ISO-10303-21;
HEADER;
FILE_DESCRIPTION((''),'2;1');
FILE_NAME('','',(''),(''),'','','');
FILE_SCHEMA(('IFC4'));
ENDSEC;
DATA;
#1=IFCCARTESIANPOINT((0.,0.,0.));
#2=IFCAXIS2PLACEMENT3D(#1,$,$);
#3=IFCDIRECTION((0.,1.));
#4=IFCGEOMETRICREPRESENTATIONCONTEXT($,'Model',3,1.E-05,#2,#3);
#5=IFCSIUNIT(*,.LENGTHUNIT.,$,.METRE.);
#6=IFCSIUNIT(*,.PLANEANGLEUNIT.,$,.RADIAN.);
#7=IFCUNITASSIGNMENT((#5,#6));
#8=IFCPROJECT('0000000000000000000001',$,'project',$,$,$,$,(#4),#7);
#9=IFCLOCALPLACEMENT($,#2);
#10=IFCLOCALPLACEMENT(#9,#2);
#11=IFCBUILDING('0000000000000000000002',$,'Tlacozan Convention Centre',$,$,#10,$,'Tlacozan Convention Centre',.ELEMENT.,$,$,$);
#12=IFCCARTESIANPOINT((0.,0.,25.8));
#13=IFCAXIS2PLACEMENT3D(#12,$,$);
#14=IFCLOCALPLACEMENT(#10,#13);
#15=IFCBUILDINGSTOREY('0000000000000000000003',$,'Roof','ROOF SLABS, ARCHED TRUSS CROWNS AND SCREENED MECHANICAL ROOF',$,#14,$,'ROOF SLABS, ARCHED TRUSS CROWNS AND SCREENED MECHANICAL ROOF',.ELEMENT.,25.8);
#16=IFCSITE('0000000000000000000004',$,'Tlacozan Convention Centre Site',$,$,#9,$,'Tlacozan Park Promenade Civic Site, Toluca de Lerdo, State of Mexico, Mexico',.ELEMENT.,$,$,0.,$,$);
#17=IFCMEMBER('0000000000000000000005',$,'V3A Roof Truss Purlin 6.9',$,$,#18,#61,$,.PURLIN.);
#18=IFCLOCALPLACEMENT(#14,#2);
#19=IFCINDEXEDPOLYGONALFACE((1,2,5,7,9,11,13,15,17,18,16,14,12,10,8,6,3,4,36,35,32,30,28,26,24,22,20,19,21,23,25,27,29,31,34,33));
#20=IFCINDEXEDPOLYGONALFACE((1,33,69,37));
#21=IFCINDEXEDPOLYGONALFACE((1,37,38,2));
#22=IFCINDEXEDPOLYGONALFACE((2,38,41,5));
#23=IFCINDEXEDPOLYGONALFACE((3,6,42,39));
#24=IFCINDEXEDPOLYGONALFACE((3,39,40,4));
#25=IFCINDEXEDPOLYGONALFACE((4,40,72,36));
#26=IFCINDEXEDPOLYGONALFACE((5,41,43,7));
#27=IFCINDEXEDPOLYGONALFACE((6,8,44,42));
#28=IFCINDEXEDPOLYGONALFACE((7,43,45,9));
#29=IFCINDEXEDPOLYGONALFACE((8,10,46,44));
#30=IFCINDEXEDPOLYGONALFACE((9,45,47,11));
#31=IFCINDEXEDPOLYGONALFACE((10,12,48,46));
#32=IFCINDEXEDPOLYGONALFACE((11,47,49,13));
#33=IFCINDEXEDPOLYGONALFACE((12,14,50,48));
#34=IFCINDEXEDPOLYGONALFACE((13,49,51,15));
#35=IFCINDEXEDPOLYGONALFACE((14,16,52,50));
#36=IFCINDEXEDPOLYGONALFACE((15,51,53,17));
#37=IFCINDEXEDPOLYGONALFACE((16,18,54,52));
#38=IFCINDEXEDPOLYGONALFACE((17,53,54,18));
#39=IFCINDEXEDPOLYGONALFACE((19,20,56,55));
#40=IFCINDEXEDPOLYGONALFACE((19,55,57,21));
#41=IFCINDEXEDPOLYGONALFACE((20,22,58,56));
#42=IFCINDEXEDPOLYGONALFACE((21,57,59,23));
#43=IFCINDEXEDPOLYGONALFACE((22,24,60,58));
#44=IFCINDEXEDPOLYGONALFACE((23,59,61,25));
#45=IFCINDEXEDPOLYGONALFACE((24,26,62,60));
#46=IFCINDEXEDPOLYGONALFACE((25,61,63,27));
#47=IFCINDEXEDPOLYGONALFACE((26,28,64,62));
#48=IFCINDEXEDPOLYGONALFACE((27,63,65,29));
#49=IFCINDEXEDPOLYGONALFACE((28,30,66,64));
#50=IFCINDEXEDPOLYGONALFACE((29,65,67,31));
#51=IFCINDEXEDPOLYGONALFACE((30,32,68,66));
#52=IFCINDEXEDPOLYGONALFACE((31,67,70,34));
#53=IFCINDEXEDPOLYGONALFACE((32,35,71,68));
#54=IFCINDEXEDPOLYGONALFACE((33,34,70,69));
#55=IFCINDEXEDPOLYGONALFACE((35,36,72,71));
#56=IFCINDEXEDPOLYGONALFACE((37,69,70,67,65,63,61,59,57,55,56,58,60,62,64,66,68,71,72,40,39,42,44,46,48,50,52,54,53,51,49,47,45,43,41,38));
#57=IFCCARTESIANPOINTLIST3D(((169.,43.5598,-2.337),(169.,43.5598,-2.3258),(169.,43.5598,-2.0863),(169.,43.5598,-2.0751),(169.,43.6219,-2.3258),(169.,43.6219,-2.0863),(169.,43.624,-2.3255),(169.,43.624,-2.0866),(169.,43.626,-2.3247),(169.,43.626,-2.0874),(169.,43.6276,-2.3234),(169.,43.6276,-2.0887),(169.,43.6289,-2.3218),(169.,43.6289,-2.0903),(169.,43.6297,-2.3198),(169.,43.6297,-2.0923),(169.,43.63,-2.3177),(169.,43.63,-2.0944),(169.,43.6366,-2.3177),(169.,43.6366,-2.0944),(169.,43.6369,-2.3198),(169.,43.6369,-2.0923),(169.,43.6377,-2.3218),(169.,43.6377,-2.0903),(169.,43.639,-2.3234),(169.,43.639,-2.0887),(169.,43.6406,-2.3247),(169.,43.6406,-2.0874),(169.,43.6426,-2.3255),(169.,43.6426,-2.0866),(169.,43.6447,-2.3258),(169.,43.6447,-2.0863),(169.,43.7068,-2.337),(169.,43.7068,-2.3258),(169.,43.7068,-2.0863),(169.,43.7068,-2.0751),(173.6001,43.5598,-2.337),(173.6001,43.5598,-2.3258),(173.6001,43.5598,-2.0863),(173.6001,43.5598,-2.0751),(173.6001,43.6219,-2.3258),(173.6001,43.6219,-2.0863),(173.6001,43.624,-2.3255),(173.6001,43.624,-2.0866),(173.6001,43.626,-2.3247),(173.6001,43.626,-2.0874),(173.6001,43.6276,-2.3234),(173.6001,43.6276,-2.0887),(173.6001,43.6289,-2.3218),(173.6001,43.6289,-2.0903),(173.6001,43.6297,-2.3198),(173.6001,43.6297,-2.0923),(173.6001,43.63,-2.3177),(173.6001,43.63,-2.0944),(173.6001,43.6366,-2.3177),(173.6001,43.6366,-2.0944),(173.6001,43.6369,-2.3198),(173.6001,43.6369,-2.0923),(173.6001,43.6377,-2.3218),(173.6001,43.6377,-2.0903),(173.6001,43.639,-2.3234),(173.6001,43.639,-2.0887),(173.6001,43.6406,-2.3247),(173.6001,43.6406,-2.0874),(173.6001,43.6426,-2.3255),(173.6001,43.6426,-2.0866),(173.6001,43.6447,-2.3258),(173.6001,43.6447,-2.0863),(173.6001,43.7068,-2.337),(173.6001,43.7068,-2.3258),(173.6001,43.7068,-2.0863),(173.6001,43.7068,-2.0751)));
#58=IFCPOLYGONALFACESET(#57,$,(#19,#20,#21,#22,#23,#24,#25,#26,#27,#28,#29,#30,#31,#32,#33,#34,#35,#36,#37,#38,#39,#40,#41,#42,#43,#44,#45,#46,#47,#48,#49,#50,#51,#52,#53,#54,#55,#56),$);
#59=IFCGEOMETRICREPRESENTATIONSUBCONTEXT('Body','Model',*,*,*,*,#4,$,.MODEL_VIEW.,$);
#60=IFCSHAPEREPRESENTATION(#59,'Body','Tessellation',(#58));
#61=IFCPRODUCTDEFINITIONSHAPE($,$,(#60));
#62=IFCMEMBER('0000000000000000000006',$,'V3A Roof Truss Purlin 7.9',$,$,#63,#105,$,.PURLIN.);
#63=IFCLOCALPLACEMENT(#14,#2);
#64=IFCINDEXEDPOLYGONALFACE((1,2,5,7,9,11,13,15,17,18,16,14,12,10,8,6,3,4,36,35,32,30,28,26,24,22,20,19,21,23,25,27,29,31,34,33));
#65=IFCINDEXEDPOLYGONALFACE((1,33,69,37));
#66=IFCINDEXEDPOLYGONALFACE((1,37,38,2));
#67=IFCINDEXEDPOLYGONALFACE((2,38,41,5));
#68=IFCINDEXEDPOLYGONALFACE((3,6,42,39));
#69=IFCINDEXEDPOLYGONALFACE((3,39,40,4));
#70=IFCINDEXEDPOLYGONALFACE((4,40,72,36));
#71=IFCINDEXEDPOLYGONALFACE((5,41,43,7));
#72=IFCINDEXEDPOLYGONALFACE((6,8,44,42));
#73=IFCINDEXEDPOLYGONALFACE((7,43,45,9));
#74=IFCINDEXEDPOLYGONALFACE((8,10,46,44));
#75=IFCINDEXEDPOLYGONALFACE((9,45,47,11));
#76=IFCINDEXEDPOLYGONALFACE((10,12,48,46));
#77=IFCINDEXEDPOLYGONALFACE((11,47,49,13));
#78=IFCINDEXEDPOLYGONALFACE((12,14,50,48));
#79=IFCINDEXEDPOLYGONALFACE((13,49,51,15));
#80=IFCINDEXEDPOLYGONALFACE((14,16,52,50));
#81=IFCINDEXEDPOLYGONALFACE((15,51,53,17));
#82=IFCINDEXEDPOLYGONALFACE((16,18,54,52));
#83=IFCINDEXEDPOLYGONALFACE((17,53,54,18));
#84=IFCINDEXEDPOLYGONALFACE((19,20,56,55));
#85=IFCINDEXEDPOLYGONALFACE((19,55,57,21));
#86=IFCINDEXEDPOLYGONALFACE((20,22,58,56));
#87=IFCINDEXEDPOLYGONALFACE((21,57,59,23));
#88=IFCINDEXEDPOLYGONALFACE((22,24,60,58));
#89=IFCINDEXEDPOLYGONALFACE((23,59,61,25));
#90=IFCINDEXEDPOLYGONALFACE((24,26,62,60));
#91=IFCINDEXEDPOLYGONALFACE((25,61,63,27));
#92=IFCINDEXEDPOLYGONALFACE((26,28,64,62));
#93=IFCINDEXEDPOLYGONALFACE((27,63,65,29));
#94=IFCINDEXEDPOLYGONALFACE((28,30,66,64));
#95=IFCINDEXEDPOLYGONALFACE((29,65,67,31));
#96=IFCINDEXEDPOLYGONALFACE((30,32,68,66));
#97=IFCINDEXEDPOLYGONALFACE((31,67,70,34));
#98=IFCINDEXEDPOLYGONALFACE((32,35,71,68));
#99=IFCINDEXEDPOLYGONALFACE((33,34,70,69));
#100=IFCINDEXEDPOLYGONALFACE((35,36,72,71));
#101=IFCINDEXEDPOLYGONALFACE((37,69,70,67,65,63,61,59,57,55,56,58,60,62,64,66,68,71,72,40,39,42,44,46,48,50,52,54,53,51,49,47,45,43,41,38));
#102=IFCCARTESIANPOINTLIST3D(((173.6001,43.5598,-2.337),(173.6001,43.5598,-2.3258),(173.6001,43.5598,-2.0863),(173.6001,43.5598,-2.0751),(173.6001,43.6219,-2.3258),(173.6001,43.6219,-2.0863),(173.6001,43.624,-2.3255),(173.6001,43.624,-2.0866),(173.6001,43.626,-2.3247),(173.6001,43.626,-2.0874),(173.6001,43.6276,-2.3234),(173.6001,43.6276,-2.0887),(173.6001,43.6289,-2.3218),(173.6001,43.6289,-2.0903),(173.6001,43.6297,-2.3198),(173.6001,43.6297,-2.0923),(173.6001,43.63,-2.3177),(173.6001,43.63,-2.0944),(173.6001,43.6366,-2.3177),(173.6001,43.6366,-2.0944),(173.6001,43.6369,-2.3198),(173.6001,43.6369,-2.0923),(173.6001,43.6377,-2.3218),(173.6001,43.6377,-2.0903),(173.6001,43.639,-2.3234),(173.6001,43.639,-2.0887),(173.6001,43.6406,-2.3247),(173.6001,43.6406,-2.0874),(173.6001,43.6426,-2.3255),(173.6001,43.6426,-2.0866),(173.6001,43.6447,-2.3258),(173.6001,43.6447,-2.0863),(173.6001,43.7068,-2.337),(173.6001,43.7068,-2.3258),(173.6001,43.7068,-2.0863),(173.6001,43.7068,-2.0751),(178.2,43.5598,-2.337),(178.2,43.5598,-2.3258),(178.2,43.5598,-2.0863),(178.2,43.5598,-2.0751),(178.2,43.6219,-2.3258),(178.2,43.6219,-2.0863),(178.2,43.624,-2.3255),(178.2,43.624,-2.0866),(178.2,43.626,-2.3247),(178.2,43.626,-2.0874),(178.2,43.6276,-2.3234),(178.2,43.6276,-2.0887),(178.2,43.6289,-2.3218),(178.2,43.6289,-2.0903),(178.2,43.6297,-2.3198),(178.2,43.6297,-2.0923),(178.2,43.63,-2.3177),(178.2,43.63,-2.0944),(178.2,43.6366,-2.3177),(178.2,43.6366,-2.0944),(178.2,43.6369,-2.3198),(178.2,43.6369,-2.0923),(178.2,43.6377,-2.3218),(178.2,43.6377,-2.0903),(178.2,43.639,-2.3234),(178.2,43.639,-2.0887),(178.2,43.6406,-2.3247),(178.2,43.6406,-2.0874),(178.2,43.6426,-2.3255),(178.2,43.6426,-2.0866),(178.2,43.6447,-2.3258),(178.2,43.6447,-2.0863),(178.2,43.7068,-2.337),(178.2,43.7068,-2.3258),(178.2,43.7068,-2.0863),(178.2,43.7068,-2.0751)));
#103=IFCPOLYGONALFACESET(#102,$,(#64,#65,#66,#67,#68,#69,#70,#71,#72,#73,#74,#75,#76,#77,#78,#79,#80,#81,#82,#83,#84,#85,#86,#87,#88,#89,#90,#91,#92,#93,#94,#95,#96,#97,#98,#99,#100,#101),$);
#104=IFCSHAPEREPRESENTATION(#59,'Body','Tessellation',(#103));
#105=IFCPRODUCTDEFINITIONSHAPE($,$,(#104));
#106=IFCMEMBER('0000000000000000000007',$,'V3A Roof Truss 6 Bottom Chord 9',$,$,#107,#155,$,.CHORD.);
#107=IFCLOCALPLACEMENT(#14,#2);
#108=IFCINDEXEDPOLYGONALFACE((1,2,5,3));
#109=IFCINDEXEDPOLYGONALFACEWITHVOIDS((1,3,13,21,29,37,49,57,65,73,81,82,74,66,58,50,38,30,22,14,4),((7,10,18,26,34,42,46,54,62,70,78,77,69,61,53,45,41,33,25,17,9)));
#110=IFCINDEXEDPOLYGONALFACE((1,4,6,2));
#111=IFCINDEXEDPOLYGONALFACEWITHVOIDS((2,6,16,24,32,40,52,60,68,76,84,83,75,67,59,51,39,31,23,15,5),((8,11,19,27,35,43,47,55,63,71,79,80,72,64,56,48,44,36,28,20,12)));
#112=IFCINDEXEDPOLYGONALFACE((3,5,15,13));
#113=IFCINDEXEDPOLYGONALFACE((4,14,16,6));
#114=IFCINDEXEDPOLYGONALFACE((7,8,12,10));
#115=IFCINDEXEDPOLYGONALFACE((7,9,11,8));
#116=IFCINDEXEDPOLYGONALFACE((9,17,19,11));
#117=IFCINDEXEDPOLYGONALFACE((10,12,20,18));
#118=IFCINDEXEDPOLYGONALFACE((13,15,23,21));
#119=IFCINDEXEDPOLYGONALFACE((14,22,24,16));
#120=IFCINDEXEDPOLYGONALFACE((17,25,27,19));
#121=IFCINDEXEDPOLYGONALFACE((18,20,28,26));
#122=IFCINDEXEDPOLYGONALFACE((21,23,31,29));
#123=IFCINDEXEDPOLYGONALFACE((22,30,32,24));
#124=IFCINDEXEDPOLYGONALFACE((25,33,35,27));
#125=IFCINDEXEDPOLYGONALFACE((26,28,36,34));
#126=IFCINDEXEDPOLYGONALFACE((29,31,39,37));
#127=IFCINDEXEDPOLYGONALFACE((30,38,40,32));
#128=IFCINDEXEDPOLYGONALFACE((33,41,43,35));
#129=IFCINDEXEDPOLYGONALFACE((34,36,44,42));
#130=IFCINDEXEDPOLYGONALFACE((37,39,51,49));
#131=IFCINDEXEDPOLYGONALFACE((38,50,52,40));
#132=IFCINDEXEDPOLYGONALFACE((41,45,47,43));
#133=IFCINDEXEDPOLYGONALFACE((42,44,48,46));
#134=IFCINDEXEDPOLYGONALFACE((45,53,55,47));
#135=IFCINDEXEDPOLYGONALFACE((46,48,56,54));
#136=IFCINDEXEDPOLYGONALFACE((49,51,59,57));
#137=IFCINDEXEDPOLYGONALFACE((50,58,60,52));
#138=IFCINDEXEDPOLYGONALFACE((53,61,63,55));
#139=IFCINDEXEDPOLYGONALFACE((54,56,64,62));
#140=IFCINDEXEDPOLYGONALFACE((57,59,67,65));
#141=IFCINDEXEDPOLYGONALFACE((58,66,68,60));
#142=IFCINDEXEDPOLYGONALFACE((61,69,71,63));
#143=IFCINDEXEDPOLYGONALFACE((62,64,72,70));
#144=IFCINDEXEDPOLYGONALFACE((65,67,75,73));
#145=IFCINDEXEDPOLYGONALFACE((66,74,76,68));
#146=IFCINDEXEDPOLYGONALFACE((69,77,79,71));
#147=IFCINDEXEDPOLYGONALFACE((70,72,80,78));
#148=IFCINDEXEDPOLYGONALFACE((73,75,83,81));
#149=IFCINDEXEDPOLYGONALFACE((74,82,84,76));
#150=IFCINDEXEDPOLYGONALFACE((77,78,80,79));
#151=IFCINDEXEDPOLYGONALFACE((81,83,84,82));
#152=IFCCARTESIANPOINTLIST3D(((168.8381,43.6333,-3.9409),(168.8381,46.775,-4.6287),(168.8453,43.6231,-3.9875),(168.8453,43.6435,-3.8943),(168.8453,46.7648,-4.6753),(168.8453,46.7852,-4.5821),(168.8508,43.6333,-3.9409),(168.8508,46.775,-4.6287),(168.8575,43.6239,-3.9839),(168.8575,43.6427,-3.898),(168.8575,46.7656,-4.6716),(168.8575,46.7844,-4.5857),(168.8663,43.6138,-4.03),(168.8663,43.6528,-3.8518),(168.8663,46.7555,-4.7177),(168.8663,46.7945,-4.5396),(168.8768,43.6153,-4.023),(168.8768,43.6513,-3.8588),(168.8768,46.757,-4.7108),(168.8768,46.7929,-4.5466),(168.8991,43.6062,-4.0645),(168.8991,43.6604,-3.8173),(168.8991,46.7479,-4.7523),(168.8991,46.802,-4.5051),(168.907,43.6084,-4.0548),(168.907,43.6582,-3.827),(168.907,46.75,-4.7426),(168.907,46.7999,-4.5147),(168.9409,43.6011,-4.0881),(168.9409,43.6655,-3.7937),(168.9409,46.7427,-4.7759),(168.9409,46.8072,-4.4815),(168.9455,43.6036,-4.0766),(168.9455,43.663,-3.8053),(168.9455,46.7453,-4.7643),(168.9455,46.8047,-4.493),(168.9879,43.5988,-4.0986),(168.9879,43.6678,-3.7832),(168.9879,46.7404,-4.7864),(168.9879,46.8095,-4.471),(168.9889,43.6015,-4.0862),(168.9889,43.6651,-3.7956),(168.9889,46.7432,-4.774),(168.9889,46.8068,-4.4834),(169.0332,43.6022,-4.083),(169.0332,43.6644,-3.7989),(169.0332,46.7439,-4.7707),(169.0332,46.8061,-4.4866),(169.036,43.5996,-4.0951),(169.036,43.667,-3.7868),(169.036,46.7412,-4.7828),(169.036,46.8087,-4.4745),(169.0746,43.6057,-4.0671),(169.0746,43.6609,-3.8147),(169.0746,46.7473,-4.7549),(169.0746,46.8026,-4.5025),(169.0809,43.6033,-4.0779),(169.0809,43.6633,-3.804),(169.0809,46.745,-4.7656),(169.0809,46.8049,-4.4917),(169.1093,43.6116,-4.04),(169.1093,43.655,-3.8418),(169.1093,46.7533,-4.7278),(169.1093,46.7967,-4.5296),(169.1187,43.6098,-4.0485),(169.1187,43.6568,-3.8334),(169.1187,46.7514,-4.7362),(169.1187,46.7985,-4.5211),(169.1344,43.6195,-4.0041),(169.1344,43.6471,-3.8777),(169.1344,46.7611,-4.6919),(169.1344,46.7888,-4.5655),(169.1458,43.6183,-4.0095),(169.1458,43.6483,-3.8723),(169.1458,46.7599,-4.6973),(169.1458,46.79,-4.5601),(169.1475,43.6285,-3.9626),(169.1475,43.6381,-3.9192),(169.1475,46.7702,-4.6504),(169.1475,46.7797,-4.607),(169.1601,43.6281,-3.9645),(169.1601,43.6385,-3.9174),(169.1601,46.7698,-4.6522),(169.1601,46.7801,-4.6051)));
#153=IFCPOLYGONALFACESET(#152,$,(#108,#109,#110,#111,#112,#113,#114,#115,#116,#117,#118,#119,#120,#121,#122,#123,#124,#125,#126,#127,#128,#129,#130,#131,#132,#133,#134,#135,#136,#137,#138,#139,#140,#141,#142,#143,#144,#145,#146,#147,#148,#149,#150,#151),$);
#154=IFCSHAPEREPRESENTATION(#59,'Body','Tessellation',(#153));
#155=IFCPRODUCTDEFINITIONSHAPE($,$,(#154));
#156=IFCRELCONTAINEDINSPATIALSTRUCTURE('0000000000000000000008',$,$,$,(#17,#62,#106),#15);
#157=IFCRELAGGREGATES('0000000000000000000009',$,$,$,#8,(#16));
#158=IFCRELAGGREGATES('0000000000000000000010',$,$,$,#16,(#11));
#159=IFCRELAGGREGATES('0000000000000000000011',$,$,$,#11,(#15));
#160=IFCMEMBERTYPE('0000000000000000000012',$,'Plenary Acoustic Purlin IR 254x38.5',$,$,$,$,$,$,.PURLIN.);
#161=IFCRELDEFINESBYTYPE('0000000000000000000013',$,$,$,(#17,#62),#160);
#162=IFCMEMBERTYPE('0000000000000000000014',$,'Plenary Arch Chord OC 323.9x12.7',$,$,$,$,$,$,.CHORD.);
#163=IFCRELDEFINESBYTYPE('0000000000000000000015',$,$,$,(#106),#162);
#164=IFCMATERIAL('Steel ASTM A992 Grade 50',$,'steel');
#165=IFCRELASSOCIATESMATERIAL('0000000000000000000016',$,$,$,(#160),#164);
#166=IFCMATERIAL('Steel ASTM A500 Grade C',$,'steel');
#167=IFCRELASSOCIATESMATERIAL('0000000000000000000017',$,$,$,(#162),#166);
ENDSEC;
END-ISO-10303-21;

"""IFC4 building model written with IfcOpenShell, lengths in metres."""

from ifc_helpers import new_model, si_unit, direction, frame, origin, origin_2d, place, context, subcontext, project, spatial, hollow_circle, i_section, extrude, material, material_profile, profile_set, type_object, element, save


model = new_model("IFC4")

# Units and contexts
model_context = context("Model", 3, precision=1e-05, world=origin(), true_north=direction((0.0, 1.0)))
body_context = subcontext(model_context, "Body", "Model", "MODEL_VIEW")
ifc_project = project(units=[si_unit("LENGTHUNIT", "METRE"), si_unit("PLANEANGLEUNIT", "RADIAN")], contexts=[model_context])

# Site, building, storey
site_placement = place(None, origin())
site = spatial("IfcSite", under=ifc_project, at=site_placement, Name="Tlacozan Convention Centre Site", LongName="Tlacozan Park Promenade Civic Site, Toluca de Lerdo, State of Mexico, Mexico", CompositionType="ELEMENT", RefElevation=0.0)
building_placement = place(site_placement, origin())
building = spatial("IfcBuilding", under=site, at=building_placement, Name="Tlacozan Convention Centre", LongName="Tlacozan Convention Centre", CompositionType="ELEMENT")
storey_placement = place(building_placement, frame((0.0, 0.0, 25.8)))
storey = spatial("IfcBuildingStorey", under=building, at=storey_placement, Name="Roof", Description="ROOF SLABS, ARCHED TRUSS CROWNS AND SCREENED MECHANICAL ROOF", LongName="ROOF SLABS, ARCHED TRUSS CROWNS AND SCREENED MECHANICAL ROOF", CompositionType="ELEMENT", Elevation=25.8)

# Members
ifc_material_1 = material(Name="Steel ASTM A992 Grade 50", Category="steel")
ifc_material_profile_1 = material_profile(ifc_material_1, i_section(OverallWidth=0.147, OverallDepth=0.262, WebThickness=0.0066, FlangeThickness=0.0112, FilletRadius=0.0081, at=origin_2d()), Name="IR 254x38.5")
ifc_profile_set_1 = profile_set([ifc_material_profile_1], Name="Steel ASTM A992 Grade 50")
member_type_1 = type_object("IfcMemberType", Name="Plenary Acoustic Purlin IR 254x38.5", PredefinedType="PURLIN", material=ifc_profile_set_1)
member_1_placement = place(storey_placement, frame((169.0, 43.6333, -2.2061), z_axis=(1.0, 0.0, 0.0), x_axis=(0.0, 1.0, 0.0)))
element("IfcMember", 1, at=member_1_placement, inside=storey, type_object=member_type_1, Name="V3A Roof Truss Purlin 6.9", PredefinedType="PURLIN", context=body_context, shape_type="SweptSolid", body=[
    extrude(i_section(OverallWidth=0.147, OverallDepth=0.262, WebThickness=0.0066, FlangeThickness=0.0112, FilletRadius=0.0081, at=origin_2d()), origin(), (0.0, 0.0, 1.0), 4.6001),
])
member_2_placement = place(storey_placement, frame((173.6001, 43.6333, -2.2061), z_axis=(1.0, 0.0, 0.0), x_axis=(0.0, 1.0, 0.0)))
element("IfcMember", 2, at=member_2_placement, inside=storey, type_object=member_type_1, Name="V3A Roof Truss Purlin 7.9", PredefinedType="PURLIN", context=body_context, shape_type="SweptSolid", body=[
    extrude(i_section(OverallWidth=0.147, OverallDepth=0.262, WebThickness=0.0066, FlangeThickness=0.0112, FilletRadius=0.0081, at=origin_2d()), origin(), (0.0, 0.0, 1.0), 4.5999),
])
ifc_material_2 = material(Name="Steel ASTM A500 Grade C", Category="steel")
ifc_material_profile_2 = material_profile(ifc_material_2, hollow_circle(Radius=0.1619, WallThickness=0.0127, at=origin_2d()), Name="OC 323.9x12.7")
ifc_profile_set_2 = profile_set([ifc_material_profile_2], Name="Steel ASTM A500 Grade C")
member_type_2 = type_object("IfcMemberType", Name="Plenary Arch Chord OC 323.9x12.7", PredefinedType="CHORD", material=ifc_profile_set_2)
member_3_placement = place(storey_placement, frame((169.0, 43.6333, -3.9409), z_axis=(0.0, 0.976866, -0.213851), x_axis=(-1.0, 0.0, 0.0)))
element("IfcMember", 3, at=member_3_placement, inside=storey, type_object=member_type_2, Name="V3A Roof Truss 6 Bottom Chord 9", PredefinedType="CHORD", context=body_context, shape_type="SweptSolid", body=[
    extrude(hollow_circle(Radius=0.1619, WallThickness=0.0127, at=origin_2d()), origin(), (0.0, 0.0, 1.0), 3.2161),
])

save(model, "model.ifc")
